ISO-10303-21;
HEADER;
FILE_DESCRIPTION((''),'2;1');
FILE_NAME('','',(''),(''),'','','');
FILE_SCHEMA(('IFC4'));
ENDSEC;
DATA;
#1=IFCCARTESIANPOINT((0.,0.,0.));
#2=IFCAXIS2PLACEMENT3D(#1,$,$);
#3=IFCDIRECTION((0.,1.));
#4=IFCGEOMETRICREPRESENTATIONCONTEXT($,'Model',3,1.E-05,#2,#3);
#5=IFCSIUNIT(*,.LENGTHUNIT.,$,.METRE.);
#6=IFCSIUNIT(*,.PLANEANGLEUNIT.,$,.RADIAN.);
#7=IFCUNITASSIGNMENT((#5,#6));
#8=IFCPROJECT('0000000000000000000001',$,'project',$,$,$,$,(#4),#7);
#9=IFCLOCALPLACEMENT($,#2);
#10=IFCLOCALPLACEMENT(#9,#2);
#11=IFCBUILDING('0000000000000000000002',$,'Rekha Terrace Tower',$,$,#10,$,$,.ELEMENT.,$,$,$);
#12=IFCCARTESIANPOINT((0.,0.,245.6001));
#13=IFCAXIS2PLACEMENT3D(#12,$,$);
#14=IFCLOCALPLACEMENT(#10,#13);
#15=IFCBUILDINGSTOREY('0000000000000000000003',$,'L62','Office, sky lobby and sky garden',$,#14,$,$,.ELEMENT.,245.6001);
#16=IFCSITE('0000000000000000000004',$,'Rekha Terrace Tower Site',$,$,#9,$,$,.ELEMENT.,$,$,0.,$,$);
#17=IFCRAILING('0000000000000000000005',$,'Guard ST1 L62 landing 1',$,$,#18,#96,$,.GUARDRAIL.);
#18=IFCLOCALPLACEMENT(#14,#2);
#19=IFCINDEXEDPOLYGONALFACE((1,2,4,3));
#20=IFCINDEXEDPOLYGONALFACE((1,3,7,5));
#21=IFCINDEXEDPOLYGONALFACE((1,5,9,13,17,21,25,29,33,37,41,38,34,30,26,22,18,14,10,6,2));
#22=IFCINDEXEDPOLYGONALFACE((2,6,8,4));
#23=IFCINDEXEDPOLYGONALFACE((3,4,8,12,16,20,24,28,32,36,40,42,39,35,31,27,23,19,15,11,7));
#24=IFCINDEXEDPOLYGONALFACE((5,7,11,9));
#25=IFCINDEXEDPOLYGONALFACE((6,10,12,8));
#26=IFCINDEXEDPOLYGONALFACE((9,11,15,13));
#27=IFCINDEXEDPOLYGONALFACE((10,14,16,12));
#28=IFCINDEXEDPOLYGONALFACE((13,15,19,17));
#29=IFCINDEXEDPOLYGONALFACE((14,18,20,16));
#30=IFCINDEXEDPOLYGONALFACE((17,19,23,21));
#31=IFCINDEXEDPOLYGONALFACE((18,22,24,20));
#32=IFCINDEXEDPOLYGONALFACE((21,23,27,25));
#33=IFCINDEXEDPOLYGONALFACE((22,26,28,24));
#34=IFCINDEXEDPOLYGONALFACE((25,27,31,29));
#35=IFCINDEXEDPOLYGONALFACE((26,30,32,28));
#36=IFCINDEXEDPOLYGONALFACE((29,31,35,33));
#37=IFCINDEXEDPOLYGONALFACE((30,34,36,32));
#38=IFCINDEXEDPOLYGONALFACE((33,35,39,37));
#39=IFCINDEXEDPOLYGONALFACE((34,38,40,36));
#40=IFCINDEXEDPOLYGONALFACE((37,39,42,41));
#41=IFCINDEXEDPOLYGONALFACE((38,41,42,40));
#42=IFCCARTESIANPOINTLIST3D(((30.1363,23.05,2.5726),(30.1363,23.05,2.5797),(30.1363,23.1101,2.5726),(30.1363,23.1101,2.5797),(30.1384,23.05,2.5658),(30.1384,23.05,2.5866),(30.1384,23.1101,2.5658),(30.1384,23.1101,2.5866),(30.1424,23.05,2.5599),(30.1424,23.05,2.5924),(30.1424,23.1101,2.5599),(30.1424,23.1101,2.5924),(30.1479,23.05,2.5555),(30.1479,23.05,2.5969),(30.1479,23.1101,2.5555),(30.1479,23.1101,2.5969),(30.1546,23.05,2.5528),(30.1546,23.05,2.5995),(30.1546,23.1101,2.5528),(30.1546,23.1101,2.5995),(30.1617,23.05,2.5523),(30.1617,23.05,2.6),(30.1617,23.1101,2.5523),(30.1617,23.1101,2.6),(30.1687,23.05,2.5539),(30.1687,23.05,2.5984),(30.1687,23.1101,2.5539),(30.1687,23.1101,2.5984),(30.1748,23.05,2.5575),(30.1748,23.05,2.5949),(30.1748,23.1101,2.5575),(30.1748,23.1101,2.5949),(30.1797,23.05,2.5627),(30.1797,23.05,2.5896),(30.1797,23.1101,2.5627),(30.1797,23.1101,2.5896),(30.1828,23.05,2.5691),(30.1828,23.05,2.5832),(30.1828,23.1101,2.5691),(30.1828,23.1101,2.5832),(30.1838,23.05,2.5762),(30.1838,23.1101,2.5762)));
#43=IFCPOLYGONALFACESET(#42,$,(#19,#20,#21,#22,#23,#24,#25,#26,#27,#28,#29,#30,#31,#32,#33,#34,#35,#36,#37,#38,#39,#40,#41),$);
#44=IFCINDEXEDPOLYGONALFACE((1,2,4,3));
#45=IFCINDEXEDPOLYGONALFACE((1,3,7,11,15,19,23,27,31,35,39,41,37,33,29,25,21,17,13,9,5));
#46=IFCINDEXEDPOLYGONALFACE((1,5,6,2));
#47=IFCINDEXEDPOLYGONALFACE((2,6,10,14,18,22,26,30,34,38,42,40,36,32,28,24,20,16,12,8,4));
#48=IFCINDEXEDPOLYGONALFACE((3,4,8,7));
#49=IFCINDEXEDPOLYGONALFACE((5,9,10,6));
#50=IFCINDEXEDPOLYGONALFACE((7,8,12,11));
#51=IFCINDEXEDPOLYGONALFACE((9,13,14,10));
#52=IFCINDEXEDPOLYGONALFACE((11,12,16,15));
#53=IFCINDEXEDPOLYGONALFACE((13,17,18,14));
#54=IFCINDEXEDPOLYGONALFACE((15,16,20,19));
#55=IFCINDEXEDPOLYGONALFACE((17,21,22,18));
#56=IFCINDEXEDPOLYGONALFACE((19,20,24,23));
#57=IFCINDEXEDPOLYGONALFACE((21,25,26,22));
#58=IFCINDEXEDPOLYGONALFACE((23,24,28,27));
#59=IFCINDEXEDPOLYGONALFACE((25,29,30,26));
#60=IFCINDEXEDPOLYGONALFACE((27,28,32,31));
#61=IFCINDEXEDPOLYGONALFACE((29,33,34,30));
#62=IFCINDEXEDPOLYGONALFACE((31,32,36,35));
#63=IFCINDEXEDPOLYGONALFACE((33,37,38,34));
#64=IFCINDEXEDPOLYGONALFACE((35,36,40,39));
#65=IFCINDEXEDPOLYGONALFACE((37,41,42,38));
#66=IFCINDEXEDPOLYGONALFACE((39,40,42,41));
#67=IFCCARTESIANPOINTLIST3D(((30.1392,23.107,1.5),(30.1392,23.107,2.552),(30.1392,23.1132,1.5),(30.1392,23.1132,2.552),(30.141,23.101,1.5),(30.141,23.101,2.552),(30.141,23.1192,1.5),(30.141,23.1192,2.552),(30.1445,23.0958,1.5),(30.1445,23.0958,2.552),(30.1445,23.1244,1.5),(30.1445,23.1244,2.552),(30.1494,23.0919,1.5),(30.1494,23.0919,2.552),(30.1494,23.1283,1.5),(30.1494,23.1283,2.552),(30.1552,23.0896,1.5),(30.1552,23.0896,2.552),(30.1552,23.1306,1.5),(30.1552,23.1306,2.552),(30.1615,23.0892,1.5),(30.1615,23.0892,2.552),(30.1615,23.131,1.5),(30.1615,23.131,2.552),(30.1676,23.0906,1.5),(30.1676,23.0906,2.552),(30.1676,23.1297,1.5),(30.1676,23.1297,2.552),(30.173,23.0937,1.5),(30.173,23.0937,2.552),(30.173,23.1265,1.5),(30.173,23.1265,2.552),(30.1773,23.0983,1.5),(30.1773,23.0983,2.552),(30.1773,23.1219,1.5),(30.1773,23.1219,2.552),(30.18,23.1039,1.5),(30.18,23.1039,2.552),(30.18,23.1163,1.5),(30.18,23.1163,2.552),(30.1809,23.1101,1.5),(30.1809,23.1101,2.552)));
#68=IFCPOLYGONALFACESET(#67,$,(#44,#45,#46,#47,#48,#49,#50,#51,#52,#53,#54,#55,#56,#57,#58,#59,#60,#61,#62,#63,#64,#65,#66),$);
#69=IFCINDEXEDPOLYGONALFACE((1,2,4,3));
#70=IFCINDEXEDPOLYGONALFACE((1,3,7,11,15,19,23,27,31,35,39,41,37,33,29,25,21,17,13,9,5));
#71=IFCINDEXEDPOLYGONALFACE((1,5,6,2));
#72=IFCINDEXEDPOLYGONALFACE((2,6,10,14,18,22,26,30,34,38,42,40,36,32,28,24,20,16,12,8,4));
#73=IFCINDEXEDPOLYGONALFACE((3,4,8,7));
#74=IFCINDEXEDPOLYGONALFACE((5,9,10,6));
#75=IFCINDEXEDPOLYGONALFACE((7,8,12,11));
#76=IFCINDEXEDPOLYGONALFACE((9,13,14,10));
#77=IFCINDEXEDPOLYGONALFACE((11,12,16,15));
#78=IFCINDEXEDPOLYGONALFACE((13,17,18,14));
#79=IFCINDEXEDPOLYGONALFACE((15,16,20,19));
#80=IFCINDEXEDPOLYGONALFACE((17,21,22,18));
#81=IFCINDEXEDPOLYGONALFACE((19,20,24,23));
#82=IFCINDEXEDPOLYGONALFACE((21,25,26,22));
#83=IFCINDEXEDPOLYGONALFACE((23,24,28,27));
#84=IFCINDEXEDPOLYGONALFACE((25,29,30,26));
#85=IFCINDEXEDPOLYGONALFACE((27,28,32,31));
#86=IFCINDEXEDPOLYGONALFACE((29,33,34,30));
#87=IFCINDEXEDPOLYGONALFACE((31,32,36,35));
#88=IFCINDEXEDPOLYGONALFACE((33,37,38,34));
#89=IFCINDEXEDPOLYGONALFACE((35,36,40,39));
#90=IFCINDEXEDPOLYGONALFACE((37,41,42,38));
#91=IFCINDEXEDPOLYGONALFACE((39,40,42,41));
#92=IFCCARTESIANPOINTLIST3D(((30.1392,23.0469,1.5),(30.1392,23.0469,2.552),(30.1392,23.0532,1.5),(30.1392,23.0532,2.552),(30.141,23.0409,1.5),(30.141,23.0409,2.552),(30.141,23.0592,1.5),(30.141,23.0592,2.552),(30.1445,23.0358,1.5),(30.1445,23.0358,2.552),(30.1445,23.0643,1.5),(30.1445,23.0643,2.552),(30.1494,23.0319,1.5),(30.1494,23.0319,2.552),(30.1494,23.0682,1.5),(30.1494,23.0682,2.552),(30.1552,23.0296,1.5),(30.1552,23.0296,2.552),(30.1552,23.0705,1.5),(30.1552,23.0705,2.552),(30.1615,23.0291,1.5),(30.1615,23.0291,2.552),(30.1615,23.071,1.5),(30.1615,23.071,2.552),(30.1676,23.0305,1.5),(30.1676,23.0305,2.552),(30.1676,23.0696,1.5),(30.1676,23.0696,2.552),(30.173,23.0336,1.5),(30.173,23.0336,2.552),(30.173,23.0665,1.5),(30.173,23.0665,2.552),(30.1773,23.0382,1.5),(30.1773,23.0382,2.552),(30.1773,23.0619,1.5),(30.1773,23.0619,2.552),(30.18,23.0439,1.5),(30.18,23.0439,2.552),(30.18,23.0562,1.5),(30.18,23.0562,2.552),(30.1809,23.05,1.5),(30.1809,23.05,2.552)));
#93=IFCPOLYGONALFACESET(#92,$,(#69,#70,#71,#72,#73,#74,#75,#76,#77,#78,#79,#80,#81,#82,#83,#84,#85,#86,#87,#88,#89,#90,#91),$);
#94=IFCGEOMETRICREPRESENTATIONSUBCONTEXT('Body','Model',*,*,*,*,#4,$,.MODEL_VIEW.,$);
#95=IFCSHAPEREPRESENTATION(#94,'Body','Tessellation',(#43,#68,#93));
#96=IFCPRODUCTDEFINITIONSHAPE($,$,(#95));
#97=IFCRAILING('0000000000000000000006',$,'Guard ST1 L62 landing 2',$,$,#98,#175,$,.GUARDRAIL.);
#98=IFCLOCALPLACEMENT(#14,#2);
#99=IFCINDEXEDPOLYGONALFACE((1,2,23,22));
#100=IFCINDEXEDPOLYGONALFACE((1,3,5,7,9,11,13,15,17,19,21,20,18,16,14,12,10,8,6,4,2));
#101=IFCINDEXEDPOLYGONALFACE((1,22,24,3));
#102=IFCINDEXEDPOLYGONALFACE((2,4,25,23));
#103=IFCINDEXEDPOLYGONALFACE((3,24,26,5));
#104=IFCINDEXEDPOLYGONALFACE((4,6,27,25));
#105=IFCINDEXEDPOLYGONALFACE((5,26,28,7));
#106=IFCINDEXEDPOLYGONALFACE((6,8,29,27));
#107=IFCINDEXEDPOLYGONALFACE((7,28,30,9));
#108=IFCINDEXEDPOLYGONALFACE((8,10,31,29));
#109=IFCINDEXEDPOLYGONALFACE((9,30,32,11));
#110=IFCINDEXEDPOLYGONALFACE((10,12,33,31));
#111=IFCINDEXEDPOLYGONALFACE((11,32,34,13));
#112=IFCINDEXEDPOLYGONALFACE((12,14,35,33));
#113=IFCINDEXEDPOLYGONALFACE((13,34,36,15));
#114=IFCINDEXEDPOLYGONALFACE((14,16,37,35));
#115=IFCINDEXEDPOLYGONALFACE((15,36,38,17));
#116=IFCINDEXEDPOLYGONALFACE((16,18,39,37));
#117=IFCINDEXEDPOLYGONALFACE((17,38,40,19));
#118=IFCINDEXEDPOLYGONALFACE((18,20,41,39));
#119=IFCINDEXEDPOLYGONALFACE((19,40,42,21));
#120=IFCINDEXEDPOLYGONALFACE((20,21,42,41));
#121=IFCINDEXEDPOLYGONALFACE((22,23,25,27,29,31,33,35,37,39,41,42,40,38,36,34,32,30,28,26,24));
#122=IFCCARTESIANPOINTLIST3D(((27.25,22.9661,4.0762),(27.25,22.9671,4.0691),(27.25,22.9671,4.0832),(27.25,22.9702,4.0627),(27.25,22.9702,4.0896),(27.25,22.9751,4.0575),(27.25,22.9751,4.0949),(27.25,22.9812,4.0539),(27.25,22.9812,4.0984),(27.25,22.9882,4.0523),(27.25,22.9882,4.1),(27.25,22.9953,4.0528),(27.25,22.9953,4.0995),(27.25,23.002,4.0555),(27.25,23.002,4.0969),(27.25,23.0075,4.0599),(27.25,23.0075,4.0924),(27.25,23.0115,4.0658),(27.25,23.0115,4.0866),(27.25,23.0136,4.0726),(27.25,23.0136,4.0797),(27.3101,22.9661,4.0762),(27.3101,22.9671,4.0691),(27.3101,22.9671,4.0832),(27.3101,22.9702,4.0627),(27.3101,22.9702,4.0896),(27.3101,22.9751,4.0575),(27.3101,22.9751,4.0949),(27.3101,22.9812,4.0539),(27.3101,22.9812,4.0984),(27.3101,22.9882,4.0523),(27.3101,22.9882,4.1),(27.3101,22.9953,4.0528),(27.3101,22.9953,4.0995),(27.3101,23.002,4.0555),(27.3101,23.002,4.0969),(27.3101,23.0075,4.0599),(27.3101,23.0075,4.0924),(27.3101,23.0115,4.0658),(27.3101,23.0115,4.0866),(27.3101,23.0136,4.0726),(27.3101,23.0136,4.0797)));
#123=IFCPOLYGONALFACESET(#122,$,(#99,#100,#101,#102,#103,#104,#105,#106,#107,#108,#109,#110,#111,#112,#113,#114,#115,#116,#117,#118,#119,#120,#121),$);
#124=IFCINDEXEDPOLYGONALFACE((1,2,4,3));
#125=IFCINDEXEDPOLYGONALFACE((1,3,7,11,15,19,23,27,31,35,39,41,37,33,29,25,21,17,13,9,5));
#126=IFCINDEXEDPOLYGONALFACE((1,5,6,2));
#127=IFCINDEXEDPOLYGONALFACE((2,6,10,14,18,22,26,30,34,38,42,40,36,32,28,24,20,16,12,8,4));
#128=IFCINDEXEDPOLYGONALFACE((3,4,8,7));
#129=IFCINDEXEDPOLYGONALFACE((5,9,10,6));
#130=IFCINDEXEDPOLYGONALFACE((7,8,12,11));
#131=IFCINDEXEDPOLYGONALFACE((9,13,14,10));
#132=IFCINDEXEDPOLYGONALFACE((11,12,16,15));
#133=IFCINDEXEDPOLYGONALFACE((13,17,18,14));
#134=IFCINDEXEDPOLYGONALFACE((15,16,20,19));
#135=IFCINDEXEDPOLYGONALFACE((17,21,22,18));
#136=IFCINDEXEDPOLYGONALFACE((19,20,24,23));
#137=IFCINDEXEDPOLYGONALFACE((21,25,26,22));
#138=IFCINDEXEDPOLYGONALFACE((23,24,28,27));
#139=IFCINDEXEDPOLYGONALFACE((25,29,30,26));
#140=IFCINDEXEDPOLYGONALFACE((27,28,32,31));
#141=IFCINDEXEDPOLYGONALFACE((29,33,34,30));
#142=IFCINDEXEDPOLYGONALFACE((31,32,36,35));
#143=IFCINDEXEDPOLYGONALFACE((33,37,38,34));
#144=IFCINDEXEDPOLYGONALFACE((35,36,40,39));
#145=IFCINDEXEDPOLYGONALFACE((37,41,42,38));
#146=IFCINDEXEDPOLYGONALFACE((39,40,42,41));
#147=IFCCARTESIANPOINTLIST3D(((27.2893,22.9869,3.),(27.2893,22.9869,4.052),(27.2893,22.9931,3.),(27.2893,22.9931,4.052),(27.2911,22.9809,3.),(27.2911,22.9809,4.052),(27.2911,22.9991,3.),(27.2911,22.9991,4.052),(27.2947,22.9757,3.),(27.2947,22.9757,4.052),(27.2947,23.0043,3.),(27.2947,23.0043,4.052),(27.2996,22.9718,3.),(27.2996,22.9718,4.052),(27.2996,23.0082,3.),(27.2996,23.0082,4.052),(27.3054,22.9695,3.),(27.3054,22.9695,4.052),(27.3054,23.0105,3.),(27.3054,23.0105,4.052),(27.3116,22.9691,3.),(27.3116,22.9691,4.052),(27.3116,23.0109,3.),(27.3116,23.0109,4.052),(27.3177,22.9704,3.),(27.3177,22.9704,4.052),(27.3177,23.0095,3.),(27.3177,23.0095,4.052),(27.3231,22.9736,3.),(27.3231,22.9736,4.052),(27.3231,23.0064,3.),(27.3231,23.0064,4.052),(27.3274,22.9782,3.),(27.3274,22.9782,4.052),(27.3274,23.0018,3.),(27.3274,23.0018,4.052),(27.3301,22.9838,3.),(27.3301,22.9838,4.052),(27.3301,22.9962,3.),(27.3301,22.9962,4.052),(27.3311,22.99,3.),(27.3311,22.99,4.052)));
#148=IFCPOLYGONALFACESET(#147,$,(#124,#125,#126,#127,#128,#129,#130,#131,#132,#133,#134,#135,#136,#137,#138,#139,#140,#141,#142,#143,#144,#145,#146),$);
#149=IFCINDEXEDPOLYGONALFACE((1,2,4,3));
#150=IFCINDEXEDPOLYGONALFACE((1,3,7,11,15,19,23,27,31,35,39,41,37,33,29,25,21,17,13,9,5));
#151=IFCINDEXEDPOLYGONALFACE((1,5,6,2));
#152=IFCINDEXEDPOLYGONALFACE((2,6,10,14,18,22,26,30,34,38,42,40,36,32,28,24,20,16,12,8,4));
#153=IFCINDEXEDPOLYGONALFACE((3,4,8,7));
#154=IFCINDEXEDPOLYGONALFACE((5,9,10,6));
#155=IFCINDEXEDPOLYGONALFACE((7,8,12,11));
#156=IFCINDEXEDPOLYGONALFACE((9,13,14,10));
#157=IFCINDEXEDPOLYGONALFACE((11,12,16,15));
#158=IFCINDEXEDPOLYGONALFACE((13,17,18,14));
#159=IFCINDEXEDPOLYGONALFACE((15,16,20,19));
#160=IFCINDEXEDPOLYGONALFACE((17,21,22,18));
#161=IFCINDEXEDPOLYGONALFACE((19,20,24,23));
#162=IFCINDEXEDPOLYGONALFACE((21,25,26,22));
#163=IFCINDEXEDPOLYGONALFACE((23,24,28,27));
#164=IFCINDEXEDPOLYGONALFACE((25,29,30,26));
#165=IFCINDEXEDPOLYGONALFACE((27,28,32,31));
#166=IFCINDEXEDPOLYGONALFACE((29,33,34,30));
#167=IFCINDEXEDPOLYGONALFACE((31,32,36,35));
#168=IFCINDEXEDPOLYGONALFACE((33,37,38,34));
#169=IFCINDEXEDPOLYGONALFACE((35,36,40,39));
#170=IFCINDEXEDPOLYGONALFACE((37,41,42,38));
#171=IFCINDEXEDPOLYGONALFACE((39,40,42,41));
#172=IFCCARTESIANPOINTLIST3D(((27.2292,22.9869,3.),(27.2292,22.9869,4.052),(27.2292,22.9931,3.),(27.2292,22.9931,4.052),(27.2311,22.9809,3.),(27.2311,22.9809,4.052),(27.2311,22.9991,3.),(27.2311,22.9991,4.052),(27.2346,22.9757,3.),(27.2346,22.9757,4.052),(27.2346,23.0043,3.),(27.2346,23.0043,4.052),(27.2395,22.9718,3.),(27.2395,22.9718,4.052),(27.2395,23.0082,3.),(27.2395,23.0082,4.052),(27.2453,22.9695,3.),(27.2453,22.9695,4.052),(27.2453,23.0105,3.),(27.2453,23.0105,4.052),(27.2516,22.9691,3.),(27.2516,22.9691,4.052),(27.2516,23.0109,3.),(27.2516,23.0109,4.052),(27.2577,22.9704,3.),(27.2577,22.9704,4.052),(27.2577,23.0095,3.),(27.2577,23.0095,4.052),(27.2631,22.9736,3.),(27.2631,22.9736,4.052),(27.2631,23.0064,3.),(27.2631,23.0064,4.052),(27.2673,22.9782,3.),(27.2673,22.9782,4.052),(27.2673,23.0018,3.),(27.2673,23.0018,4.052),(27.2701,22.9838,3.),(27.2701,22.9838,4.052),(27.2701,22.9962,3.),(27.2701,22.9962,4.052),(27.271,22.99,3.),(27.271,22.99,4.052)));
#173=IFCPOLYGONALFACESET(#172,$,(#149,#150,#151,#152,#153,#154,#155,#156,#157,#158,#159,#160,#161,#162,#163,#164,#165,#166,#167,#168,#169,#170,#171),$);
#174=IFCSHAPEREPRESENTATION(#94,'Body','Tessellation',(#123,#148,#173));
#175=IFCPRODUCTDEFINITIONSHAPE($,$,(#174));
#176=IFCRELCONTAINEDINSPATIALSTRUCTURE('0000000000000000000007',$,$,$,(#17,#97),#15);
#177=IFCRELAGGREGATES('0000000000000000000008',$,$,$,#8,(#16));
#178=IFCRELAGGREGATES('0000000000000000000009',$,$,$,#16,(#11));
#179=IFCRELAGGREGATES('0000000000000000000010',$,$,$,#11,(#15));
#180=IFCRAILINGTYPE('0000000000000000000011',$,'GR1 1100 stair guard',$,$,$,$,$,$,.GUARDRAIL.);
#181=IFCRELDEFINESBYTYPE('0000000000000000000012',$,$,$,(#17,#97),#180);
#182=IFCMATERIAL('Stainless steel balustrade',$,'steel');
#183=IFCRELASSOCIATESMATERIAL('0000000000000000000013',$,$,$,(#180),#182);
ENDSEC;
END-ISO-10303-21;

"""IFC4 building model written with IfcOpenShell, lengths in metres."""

from ifc_helpers import new_model, si_unit, direction, frame, origin, origin_2d, place, context, subcontext, project, spatial, circle, extrude, material, type_object, element, save


model = new_model("IFC4")

# Units and contexts
model_context = context("Model", 3, precision=1e-05, world=origin(), true_north=direction((0.0, 1.0)))
body_context = subcontext(model_context, "Body", "Model", "MODEL_VIEW")
ifc_project = project(units=[si_unit("LENGTHUNIT", "METRE"), si_unit("PLANEANGLEUNIT", "RADIAN")], contexts=[model_context])

# Site, building, storey
site_placement = place(None, origin())
site = spatial("IfcSite", under=ifc_project, at=site_placement, Name="Rekha Terrace Tower Site", CompositionType="ELEMENT", RefElevation=0.0)
building_placement = place(site_placement, origin())
building = spatial("IfcBuilding", under=site, at=building_placement, Name="Rekha Terrace Tower", CompositionType="ELEMENT")
storey_placement = place(building_placement, frame((0.0, 0.0, 245.6001)))
storey = spatial("IfcBuildingStorey", under=building, at=storey_placement, Name="L62", Description="Office, sky lobby and sky garden", CompositionType="ELEMENT", Elevation=245.6001)

# Railings
ifc_material_1 = material(Name="Stainless steel balustrade", Category="steel")
railing_type_1 = type_object("IfcRailingType", Name="GR1 1100 stair guard", PredefinedType="GUARDRAIL", material=ifc_material_1)
railing_1_placement = place(storey_placement, frame((30.1599, 23.1101, 1.5)))
element("IfcRailing", 1, at=railing_1_placement, inside=storey, type_object=railing_type_1, Name="Guard ST1 L62 landing 1", PredefinedType="GUARDRAIL", context=body_context, shape_type="SweptSolid", body=[
    extrude(circle(Radius=0.0239, at=origin_2d()), frame((0.0, 0.0, 1.0762), z_axis=(0.0, -1.0, 0.0), x_axis=(1.0, 0.0, 0.0)), (0.0, 0.0, 1.0), 0.0601),
    extrude(circle(Radius=0.021, at=origin_2d()), origin(), (0.0, 0.0, 1.0), 1.052),
    extrude(circle(Radius=0.021, at=origin_2d()), frame((0.0, -0.0601, 0.0)), (0.0, 0.0, 1.0), 1.052),
])
railing_2_placement = place(storey_placement, frame((27.3101, 22.99, 3.0)))
element("IfcRailing", 2, at=railing_2_placement, inside=storey, type_object=railing_type_1, Name="Guard ST1 L62 landing 2", PredefinedType="GUARDRAIL", context=body_context, shape_type="SweptSolid", body=[
    extrude(circle(Radius=0.0239, at=origin_2d()), frame((0.0, 0.0, 1.0762), z_axis=(-1.0, 0.0, 0.0), x_axis=(0.0, -1.0, 0.0)), (0.0, 0.0, 1.0), 0.0601),
    extrude(circle(Radius=0.021, at=origin_2d()), origin(), (0.0, 0.0, 1.0), 1.052),
    extrude(circle(Radius=0.021, at=origin_2d()), frame((-0.0601, 0.0, 0.0)), (0.0, 0.0, 1.0), 1.052),
])

save(model, "model.ifc")
